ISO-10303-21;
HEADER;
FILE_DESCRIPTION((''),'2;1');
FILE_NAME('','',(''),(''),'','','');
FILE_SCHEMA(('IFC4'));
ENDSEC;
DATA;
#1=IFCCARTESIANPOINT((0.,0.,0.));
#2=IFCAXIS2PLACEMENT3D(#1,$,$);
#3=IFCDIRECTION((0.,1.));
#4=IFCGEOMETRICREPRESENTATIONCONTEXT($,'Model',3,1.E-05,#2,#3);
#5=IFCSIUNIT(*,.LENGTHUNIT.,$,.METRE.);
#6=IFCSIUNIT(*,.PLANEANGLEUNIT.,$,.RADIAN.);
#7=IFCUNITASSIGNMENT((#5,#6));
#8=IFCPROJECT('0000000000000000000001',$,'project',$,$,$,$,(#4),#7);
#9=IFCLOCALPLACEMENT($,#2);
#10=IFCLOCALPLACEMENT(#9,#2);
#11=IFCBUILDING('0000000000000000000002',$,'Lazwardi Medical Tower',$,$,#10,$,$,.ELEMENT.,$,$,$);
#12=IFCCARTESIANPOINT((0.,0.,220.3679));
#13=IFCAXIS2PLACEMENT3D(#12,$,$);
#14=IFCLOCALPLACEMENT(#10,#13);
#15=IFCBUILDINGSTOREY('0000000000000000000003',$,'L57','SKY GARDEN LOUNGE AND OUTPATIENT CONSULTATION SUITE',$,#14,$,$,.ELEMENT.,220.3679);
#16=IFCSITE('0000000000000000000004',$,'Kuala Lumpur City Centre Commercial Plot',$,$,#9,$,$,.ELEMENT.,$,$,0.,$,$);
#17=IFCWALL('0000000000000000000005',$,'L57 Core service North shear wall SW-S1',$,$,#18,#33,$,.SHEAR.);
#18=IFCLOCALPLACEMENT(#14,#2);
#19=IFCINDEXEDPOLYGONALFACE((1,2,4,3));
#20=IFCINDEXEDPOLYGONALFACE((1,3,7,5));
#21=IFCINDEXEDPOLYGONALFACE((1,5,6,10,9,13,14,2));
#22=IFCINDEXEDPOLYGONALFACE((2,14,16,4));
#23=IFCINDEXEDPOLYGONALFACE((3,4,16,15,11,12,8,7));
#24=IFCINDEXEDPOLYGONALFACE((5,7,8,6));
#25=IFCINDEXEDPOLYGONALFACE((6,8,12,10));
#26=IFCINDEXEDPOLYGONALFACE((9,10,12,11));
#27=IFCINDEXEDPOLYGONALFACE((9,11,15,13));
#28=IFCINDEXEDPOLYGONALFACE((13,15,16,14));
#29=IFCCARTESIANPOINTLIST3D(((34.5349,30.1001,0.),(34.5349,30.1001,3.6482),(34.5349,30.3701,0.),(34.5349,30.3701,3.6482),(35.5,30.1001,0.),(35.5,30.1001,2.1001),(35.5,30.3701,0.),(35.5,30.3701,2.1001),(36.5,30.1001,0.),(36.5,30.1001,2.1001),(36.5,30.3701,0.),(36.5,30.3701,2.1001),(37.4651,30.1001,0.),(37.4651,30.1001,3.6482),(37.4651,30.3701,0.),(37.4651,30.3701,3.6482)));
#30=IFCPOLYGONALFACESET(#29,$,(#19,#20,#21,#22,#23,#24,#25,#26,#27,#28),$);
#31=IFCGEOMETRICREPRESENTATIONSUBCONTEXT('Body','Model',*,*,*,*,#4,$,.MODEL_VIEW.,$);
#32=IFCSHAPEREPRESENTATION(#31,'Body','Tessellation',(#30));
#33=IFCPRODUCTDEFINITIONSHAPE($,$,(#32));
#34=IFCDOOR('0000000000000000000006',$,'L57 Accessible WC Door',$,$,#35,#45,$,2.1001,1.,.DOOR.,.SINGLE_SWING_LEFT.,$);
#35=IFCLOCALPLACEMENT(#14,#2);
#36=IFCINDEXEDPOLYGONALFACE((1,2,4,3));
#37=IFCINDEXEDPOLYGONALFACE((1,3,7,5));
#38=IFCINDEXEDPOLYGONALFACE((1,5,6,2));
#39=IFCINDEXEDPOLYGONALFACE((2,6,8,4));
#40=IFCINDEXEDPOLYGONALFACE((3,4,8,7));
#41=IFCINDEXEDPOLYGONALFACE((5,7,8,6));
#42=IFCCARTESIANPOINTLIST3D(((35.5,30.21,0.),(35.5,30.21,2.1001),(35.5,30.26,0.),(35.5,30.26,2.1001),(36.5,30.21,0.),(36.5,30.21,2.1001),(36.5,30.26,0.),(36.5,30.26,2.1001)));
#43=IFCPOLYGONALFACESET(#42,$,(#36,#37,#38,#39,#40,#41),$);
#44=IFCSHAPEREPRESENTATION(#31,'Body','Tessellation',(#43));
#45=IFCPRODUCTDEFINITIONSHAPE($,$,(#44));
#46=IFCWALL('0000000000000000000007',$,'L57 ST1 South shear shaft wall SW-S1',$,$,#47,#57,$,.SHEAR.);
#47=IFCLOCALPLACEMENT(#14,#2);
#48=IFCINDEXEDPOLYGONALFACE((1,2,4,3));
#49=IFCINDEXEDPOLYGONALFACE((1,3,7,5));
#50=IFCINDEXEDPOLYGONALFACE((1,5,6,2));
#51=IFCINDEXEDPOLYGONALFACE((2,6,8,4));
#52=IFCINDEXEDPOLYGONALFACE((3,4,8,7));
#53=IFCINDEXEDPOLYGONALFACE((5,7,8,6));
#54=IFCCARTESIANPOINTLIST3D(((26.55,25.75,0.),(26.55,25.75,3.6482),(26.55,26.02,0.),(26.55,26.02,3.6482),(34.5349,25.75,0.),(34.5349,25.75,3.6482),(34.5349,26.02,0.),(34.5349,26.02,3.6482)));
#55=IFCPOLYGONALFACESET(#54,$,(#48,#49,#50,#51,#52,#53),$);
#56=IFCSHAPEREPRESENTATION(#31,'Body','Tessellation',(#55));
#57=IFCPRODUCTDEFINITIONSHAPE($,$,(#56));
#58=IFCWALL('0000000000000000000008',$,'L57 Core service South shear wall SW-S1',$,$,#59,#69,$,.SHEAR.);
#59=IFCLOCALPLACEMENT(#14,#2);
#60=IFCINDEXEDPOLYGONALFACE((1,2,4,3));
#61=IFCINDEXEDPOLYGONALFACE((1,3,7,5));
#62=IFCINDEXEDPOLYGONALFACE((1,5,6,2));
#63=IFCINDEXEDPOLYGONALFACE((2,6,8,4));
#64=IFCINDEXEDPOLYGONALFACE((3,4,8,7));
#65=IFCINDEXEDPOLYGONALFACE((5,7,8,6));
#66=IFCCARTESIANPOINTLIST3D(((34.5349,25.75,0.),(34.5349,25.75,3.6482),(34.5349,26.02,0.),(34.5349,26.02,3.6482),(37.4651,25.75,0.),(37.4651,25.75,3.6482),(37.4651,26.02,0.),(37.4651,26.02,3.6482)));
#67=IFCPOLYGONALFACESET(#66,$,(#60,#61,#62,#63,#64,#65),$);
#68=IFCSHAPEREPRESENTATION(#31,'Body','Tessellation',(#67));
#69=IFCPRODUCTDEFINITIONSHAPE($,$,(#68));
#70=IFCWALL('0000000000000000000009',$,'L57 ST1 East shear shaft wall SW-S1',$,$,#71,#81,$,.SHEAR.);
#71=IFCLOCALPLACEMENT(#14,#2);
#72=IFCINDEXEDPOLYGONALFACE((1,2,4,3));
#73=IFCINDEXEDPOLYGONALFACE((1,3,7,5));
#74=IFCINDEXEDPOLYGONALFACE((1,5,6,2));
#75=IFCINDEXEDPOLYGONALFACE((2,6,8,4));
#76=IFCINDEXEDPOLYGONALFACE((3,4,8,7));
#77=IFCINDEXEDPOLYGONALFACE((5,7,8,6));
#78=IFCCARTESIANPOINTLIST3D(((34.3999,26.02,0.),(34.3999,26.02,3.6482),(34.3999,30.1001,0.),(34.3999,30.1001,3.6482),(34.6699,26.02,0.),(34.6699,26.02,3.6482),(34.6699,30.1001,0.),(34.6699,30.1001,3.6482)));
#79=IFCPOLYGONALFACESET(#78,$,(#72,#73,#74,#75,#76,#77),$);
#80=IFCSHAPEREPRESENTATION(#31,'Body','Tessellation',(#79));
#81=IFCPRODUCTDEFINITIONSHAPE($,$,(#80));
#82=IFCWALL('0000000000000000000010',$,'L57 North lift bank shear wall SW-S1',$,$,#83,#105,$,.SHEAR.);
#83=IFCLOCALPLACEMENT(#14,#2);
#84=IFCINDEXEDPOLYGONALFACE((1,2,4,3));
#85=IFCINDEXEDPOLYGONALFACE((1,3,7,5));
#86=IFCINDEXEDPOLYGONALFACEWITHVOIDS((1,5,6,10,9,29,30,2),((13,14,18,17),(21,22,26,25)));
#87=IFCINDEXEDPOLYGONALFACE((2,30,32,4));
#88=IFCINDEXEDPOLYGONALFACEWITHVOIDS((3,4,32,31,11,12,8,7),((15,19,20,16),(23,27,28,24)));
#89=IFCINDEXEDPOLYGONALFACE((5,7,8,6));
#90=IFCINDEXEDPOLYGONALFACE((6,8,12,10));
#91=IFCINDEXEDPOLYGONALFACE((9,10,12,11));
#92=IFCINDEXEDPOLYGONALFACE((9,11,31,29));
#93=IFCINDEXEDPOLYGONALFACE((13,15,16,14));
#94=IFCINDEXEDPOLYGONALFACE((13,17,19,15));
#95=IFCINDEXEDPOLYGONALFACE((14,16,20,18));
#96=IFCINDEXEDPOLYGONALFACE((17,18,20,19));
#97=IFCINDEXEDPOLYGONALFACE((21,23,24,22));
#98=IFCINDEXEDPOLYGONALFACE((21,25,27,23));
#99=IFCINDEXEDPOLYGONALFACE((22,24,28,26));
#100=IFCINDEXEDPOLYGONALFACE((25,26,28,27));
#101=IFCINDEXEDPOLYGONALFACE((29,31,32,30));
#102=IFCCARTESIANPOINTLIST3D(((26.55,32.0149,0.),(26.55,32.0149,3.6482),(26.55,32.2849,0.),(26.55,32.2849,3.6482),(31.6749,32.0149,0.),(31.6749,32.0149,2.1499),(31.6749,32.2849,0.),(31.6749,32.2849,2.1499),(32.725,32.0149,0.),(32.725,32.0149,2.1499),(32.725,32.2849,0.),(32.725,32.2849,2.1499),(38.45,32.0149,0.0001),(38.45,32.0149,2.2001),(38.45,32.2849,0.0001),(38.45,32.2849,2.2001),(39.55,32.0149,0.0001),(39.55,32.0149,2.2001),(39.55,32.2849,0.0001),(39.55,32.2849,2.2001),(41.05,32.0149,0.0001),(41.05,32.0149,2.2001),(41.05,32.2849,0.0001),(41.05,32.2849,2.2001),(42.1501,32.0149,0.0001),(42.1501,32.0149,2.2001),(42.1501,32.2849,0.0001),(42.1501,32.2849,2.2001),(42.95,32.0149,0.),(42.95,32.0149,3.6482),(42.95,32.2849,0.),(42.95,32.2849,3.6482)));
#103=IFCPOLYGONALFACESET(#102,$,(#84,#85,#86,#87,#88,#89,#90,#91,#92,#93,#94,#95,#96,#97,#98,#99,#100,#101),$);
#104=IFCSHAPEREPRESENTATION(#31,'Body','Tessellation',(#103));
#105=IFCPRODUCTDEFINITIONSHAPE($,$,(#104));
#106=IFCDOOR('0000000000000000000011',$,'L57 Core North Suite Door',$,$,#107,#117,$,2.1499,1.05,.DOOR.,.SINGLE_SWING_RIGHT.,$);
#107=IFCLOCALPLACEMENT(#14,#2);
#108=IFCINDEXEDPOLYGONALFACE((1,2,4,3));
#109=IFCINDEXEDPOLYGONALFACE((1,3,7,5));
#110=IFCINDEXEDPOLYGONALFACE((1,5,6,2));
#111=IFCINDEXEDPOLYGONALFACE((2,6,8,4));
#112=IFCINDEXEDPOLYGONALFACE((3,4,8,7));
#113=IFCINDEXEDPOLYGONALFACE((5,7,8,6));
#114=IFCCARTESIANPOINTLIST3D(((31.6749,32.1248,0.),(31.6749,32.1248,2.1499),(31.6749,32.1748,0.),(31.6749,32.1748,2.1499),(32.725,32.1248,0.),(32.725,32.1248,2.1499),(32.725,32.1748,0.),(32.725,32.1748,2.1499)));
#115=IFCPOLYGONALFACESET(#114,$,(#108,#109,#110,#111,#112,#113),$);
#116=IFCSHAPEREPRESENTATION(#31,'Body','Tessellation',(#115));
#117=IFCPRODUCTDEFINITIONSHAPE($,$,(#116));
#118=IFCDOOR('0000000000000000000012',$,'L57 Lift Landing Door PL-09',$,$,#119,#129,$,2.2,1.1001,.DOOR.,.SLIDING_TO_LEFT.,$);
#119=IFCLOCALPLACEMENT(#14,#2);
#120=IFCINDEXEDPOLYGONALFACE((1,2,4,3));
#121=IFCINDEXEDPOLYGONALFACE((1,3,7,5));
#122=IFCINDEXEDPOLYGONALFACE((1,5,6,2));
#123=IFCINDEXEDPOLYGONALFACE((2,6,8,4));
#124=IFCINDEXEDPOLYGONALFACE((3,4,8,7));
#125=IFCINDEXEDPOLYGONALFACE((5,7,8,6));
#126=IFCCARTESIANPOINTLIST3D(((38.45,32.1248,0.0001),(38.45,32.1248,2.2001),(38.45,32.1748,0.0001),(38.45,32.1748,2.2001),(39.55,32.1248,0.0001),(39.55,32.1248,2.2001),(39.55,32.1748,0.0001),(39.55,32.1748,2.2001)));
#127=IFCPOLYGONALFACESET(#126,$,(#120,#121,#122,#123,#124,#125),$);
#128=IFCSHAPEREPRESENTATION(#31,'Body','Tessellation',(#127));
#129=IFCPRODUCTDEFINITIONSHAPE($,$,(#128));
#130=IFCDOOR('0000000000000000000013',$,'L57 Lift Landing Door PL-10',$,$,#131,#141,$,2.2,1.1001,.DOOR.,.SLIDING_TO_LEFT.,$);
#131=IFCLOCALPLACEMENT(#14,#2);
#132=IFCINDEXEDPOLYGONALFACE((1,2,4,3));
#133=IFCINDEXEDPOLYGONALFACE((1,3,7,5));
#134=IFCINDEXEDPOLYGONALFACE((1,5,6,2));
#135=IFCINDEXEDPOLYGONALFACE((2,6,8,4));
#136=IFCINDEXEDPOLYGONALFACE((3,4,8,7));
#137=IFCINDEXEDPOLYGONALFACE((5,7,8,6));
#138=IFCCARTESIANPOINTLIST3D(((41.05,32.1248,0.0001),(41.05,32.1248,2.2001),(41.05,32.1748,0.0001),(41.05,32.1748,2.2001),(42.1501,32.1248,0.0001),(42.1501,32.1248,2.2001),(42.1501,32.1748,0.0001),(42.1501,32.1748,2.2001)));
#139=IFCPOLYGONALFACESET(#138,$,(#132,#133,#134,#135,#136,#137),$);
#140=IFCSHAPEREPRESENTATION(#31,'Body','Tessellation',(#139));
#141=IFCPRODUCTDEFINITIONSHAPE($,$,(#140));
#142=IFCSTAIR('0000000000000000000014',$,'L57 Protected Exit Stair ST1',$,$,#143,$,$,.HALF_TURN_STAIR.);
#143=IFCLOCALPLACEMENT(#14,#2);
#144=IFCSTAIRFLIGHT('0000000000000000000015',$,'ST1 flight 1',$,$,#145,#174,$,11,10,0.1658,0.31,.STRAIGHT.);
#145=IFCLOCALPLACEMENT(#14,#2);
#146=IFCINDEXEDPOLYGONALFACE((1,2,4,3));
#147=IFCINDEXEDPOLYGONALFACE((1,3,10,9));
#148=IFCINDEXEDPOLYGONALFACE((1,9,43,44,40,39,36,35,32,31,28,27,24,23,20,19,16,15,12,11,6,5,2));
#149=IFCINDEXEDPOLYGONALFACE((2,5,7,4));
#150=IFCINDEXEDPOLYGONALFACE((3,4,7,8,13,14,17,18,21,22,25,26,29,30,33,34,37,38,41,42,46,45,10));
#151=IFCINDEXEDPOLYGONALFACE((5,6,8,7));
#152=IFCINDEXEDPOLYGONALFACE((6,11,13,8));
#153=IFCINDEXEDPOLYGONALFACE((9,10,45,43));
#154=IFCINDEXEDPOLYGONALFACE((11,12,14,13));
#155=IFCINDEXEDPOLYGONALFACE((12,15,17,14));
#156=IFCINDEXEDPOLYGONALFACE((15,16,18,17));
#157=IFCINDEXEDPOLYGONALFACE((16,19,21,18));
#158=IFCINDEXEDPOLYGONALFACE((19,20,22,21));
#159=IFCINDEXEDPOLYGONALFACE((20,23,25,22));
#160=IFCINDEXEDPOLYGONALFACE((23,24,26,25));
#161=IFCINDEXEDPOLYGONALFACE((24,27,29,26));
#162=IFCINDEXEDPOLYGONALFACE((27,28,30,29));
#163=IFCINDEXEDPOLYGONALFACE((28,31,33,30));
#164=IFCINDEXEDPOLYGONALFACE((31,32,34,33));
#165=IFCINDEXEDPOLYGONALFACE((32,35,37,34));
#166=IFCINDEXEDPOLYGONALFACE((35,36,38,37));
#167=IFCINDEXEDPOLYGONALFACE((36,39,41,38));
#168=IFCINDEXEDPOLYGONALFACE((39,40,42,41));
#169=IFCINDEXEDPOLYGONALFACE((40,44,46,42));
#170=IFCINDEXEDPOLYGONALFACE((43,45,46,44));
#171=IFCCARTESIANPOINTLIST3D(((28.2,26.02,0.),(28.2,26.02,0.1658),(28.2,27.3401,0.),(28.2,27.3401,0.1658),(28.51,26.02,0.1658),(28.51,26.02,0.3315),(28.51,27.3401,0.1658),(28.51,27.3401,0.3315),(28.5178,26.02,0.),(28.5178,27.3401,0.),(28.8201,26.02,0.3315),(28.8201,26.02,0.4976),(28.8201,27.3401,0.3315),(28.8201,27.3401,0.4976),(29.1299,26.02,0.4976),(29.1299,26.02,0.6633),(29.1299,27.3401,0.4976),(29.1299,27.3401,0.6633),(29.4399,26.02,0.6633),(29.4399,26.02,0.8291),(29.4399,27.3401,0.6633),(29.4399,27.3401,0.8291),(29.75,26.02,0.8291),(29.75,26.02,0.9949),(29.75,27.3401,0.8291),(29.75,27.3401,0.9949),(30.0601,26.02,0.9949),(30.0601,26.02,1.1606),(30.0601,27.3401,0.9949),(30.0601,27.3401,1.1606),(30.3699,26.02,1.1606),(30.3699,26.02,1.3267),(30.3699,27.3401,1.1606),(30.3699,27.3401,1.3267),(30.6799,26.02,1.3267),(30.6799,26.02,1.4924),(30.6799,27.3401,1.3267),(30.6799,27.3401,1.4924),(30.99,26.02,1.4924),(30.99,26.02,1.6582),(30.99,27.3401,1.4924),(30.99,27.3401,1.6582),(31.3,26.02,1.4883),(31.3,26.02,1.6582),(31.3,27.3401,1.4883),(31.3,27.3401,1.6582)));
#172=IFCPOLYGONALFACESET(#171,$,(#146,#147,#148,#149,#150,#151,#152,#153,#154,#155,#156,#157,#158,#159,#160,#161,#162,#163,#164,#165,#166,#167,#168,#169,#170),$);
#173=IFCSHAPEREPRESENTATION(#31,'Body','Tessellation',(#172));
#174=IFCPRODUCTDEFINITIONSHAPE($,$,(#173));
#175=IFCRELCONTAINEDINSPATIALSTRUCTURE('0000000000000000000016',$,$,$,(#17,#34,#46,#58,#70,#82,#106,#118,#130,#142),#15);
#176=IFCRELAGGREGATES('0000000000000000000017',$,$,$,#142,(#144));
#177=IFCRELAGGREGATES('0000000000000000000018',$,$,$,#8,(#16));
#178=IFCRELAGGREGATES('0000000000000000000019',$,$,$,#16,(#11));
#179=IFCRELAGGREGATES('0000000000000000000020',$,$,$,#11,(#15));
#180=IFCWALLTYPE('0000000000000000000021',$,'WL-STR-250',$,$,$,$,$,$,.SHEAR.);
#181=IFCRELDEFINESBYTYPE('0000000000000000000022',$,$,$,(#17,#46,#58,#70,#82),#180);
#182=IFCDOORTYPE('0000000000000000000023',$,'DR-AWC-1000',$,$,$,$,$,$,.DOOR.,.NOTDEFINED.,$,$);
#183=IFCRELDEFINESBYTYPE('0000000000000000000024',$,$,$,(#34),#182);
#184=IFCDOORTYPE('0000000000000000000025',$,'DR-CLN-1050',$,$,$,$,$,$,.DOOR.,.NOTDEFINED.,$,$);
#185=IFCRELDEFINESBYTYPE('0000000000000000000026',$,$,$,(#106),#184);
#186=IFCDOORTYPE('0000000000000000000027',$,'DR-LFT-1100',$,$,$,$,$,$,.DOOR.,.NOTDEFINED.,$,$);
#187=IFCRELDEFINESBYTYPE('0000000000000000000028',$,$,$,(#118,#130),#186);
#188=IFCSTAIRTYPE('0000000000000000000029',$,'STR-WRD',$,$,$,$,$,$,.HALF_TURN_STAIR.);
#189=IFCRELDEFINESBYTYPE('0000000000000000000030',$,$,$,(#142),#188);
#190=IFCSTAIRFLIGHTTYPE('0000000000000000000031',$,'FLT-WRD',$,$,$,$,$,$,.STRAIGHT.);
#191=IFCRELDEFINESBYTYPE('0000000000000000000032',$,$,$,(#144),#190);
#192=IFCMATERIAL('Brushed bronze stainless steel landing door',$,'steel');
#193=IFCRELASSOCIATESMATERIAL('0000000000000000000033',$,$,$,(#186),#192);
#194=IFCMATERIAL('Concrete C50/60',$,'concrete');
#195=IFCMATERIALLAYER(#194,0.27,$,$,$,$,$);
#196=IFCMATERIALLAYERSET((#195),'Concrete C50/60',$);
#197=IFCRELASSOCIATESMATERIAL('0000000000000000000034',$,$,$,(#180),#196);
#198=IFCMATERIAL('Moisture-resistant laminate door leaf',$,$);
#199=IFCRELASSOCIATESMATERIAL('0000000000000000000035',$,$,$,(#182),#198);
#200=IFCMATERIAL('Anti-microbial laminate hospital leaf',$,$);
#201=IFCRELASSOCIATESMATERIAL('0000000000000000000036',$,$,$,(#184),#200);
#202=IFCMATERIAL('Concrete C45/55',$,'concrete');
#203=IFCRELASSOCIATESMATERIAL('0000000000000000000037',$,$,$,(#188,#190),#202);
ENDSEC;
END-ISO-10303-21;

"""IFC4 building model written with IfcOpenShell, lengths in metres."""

from ifc_helpers import new_model, si_unit, direction, frame, frame_2d, origin, place, context, subcontext, project, spatial, polyline, rectangle, outline, extrude, material, layer, layer_set, type_object, element, fill, aggregate, save


model = new_model("IFC4")

# Units and contexts
model_context = context("Model", 3, precision=1e-05, world=origin(), true_north=direction((0.0, 1.0)))
body_context = subcontext(model_context, "Body", "Model", "MODEL_VIEW")
ifc_project = project(units=[si_unit("LENGTHUNIT", "METRE"), si_unit("PLANEANGLEUNIT", "RADIAN")], contexts=[model_context])

# Site, building, storey
site_placement = place(None, origin())
site = spatial("IfcSite", under=ifc_project, at=site_placement, Name="Kuala Lumpur City Centre Commercial Plot", CompositionType="ELEMENT", RefElevation=0.0)
building_placement = place(site_placement, origin())
building = spatial("IfcBuilding", under=site, at=building_placement, Name="Lazwardi Medical Tower", CompositionType="ELEMENT")
storey_placement = place(building_placement, frame((0.0, 0.0, 220.3679)))
storey = spatial("IfcBuildingStorey", under=building, at=storey_placement, Name="L57", Description="SKY GARDEN LOUNGE AND OUTPATIENT CONSULTATION SUITE", CompositionType="ELEMENT", Elevation=220.3679)

# Shared definitions
ifc_material_1 = material(Name="Anti-microbial laminate hospital leaf")
ifc_material_2 = material(Name="Brushed bronze stainless steel landing door", Category="steel")
door_type_1 = type_object("IfcDoorType", Name="DR-LFT-1100", OperationType="NOTDEFINED", PredefinedType="DOOR", material=ifc_material_2)

# Shared definitions
ifc_material_3 = material(Name="Concrete C50/60", Category="concrete")
ifc_layer_1 = layer(ifc_material_3, 0.27)
ifc_layer_set_1 = layer_set([ifc_layer_1], Name="Concrete C50/60")
wall_type_1 = type_object("IfcWallType", Name="WL-STR-250", PredefinedType="SHEAR", material=ifc_layer_set_1)

# Wall, opening, door
wall_1_placement = place(storey_placement, frame((34.5349, 30.2351, 0.0), z_axis=(0.0, 0.0, 1.0), x_axis=(1.0, 0.0, 0.0)))
wall_1 = element("IfcWall", 1, at=wall_1_placement, inside=storey, type_object=wall_type_1, Name="L57 Core service North shear wall SW-S1", PredefinedType="SHEAR", context=body_context, shape_type="SweptSolid", body=[
    extrude(rectangle(XDim=2.9302, YDim=0.27, at=frame_2d((1.4651, 0.0))), origin(), (0.0, 0.0, 1.0), 3.6482),
])
opening_1_placement = place(wall_1_placement, frame((0.9651, 0.0, 0.0)))
opening_1 = element("IfcOpeningElement", 2, at=opening_1_placement, cuts=wall_1, PredefinedType="OPENING", context=body_context, shape_type="SweptSolid", body=[
    extrude(rectangle(XDim=1.0, YDim=2.1001, at=frame_2d((0.5, 1.05))), frame((0.0, 0.145, 0.0), z_axis=(0.0, -1.0, 0.0), x_axis=(1.0, 0.0, 0.0)), (0.0, 0.0, 1.0), 0.29),
])
ifc_material_4 = material(Name="Moisture-resistant laminate door leaf")
door_type_2 = type_object("IfcDoorType", Name="DR-AWC-1000", OperationType="NOTDEFINED", PredefinedType="DOOR", material=ifc_material_4)
door_1_placement = place(opening_1_placement, origin())
door_1 = element("IfcDoor", 3, at=door_1_placement, inside=storey, type_object=door_type_2, Name="L57 Accessible WC Door", OperationType="SINGLE_SWING_LEFT", OverallHeight=2.1001, OverallWidth=1.0, PredefinedType="DOOR", context=body_context, shape_type="SweptSolid", body=[
    extrude(rectangle(XDim=1.0, YDim=2.1001, at=frame_2d((0.5, 1.05))), frame((0.0, 0.0249, 0.0), z_axis=(0.0, -1.0, 0.0), x_axis=(1.0, 0.0, 0.0)), (0.0, 0.0, 1.0), 0.05),
])
fill(opening_1, door_1)

# Walls
wall_2_placement = place(storey_placement, frame((26.55, 25.885, 0.0), z_axis=(0.0, 0.0, 1.0), x_axis=(1.0, 0.0, 0.0)))
element("IfcWall", 4, at=wall_2_placement, inside=storey, type_object=wall_type_1, Name="L57 ST1 South shear shaft wall SW-S1", PredefinedType="SHEAR", context=body_context, shape_type="SweptSolid", body=[
    extrude(rectangle(XDim=7.9849, YDim=0.27, at=frame_2d((3.9924, 0.0))), origin(), (0.0, 0.0, 1.0), 3.6482),
])
wall_3_placement = place(storey_placement, frame((34.5349, 25.885, 0.0), z_axis=(0.0, 0.0, 1.0), x_axis=(1.0, 0.0, 0.0)))
element("IfcWall", 5, at=wall_3_placement, inside=storey, type_object=wall_type_1, Name="L57 Core service South shear wall SW-S1", PredefinedType="SHEAR", context=body_context, shape_type="SweptSolid", body=[
    extrude(rectangle(XDim=2.9302, YDim=0.27, at=frame_2d((1.4651, 0.0))), origin(), (0.0, 0.0, 1.0), 3.6482),
])
wall_4_placement = place(storey_placement, frame((34.5349, 26.02, 0.0), z_axis=(0.0, 0.0, 1.0), x_axis=(0.0, 1.0, 0.0)))
element("IfcWall", 6, at=wall_4_placement, inside=storey, type_object=wall_type_1, Name="L57 ST1 East shear shaft wall SW-S1", PredefinedType="SHEAR", context=body_context, shape_type="SweptSolid", body=[
    extrude(rectangle(XDim=4.0801, YDim=0.27, at=frame_2d((2.04, 0.0))), origin(), (0.0, 0.0, 1.0), 3.6482),
])

# Wall, openings, doors
wall_5_placement = place(storey_placement, frame((26.55, 32.1499, 0.0), z_axis=(0.0, 0.0, 1.0), x_axis=(1.0, 0.0, 0.0)))
wall_5 = element("IfcWall", 7, at=wall_5_placement, inside=storey, type_object=wall_type_1, Name="L57 North lift bank shear wall SW-S1", PredefinedType="SHEAR", context=body_context, shape_type="SweptSolid", body=[
    extrude(rectangle(XDim=16.3999, YDim=0.27, at=frame_2d((8.2, 0.0))), origin(), (0.0, 0.0, 1.0), 3.6482),
])
opening_2_placement = place(wall_5_placement, frame((5.125, 0.0, 0.0)))
opening_2 = element("IfcOpeningElement", 8, at=opening_2_placement, cuts=wall_5, PredefinedType="OPENING", context=body_context, shape_type="SweptSolid", body=[
    extrude(rectangle(XDim=1.05, YDim=2.1499, at=frame_2d((0.5249, 1.075))), frame((0.0, 0.145, 0.0), z_axis=(0.0, -1.0, 0.0), x_axis=(1.0, 0.0, 0.0)), (0.0, 0.0, 1.0), 0.29),
])
opening_3_placement = place(wall_5_placement, frame((11.8999, 0.0, 0.0)))
opening_3 = element("IfcOpeningElement", 9, at=opening_3_placement, cuts=wall_5, PredefinedType="OPENING", context=body_context, shape_type="SweptSolid", body=[
    extrude(rectangle(XDim=1.1001, YDim=2.2, at=frame_2d((0.55, 1.1001))), frame((0.0, 0.145, 0.0), z_axis=(0.0, -1.0, 0.0), x_axis=(1.0, 0.0, 0.0)), (0.0, 0.0, 1.0), 0.29),
])
opening_4_placement = place(wall_5_placement, frame((14.5, 0.0, 0.0)))
opening_4 = element("IfcOpeningElement", 10, at=opening_4_placement, cuts=wall_5, PredefinedType="OPENING", context=body_context, shape_type="SweptSolid", body=[
    extrude(rectangle(XDim=1.1001, YDim=2.2, at=frame_2d((0.55, 1.1001))), frame((0.0, 0.145, 0.0), z_axis=(0.0, -1.0, 0.0), x_axis=(1.0, 0.0, 0.0)), (0.0, 0.0, 1.0), 0.29),
])
door_type_3 = type_object("IfcDoorType", Name="DR-CLN-1050", OperationType="NOTDEFINED", PredefinedType="DOOR", material=ifc_material_1)
door_2_placement = place(opening_2_placement, origin())
door_2 = element("IfcDoor", 11, at=door_2_placement, inside=storey, type_object=door_type_3, Name="L57 Core North Suite Door", OperationType="SINGLE_SWING_RIGHT", OverallHeight=2.1499, OverallWidth=1.05, PredefinedType="DOOR", context=body_context, shape_type="SweptSolid", body=[
    extrude(rectangle(XDim=1.05, YDim=2.1499, at=frame_2d((0.5249, 1.075))), frame((0.0, 0.0249, 0.0), z_axis=(0.0, -1.0, 0.0), x_axis=(1.0, 0.0, 0.0)), (0.0, 0.0, 1.0), 0.05),
])
fill(opening_2, door_2)
door_3_placement = place(opening_3_placement, origin())
door_3 = element("IfcDoor", 12, at=door_3_placement, inside=storey, type_object=door_type_1, Name="L57 Lift Landing Door PL-09", OperationType="SLIDING_TO_LEFT", OverallHeight=2.2, OverallWidth=1.1001, PredefinedType="DOOR", context=body_context, shape_type="SweptSolid", body=[
    extrude(rectangle(XDim=1.1001, YDim=2.2, at=frame_2d((0.55, 1.1001))), frame((0.0, 0.0249, 0.0), z_axis=(0.0, -1.0, 0.0), x_axis=(1.0, 0.0, 0.0)), (0.0, 0.0, 1.0), 0.05),
])
fill(opening_3, door_3)
door_4_placement = place(opening_4_placement, origin())
door_4 = element("IfcDoor", 13, at=door_4_placement, inside=storey, type_object=door_type_1, Name="L57 Lift Landing Door PL-10", OperationType="SLIDING_TO_LEFT", OverallHeight=2.2, OverallWidth=1.1001, PredefinedType="DOOR", context=body_context, shape_type="SweptSolid", body=[
    extrude(rectangle(XDim=1.1001, YDim=2.2, at=frame_2d((0.55, 1.1001))), frame((0.0, 0.0249, 0.0), z_axis=(0.0, -1.0, 0.0), x_axis=(1.0, 0.0, 0.0)), (0.0, 0.0, 1.0), 0.05),
])
fill(opening_4, door_4)

# Stair, stair flight
ifc_material_5 = material(Name="Concrete C45/55", Category="concrete")
stair_type = type_object("IfcStairType", Name="STR-WRD", PredefinedType="HALF_TURN_STAIR", material=ifc_material_5)
stair_placement = place(storey_placement, origin())
stair = element("IfcStair", 14, at=stair_placement, inside=storey, type_object=stair_type, Name="L57 Protected Exit Stair ST1", PredefinedType="HALF_TURN_STAIR")
stair_flight_type = type_object("IfcStairFlightType", Name="FLT-WRD", PredefinedType="STRAIGHT", material=ifc_material_5)
stair_flight_1_placement = place(storey_placement, frame((28.2, 26.6799, 0.0), z_axis=(0.0, 0.0, 1.0), x_axis=(1.0, 0.0, 0.0)))
stair_flight_1 = element("IfcStairFlight", 15, at=stair_flight_1_placement, type_object=stair_flight_type, Name="ST1 flight 1", NumberOfRisers=11, NumberOfTreads=10, PredefinedType="STRAIGHT", RiserHeight=0.1658, TreadLength=0.31, context=body_context, shape_type="SweptSolid", body=[
    extrude(outline(polyline([(0.0, 0.0), (0.0, 0.1658), (0.3101, 0.1658), (0.3101, 0.3315), (0.6201, 0.3315), (0.6201, 0.4976), (0.9299, 0.4976), (0.9299, 0.6633), (1.24, 0.6633), (1.24, 0.8291), (1.55, 0.8291), (1.55, 0.9949), (1.8601, 0.9949), (1.8601, 1.1606), (2.1699, 1.1606), (2.1699, 1.3267), (2.48, 1.3267), (2.48, 1.4924), (2.79, 1.4924), (2.79, 1.6582), (3.1001, 1.6582), (3.1001, 1.824), (3.1001, 1.4883), (0.3179, 0.0), (0.0, 0.0)])), frame((0.0, 0.6602, 0.0), z_axis=(0.0, -1.0, 0.0), x_axis=(1.0, 0.0, 0.0)), (0.0, 0.0, 1.0), 1.3201),
])
aggregate(stair, [stair_flight_1])

save(model, "model.ifc")
